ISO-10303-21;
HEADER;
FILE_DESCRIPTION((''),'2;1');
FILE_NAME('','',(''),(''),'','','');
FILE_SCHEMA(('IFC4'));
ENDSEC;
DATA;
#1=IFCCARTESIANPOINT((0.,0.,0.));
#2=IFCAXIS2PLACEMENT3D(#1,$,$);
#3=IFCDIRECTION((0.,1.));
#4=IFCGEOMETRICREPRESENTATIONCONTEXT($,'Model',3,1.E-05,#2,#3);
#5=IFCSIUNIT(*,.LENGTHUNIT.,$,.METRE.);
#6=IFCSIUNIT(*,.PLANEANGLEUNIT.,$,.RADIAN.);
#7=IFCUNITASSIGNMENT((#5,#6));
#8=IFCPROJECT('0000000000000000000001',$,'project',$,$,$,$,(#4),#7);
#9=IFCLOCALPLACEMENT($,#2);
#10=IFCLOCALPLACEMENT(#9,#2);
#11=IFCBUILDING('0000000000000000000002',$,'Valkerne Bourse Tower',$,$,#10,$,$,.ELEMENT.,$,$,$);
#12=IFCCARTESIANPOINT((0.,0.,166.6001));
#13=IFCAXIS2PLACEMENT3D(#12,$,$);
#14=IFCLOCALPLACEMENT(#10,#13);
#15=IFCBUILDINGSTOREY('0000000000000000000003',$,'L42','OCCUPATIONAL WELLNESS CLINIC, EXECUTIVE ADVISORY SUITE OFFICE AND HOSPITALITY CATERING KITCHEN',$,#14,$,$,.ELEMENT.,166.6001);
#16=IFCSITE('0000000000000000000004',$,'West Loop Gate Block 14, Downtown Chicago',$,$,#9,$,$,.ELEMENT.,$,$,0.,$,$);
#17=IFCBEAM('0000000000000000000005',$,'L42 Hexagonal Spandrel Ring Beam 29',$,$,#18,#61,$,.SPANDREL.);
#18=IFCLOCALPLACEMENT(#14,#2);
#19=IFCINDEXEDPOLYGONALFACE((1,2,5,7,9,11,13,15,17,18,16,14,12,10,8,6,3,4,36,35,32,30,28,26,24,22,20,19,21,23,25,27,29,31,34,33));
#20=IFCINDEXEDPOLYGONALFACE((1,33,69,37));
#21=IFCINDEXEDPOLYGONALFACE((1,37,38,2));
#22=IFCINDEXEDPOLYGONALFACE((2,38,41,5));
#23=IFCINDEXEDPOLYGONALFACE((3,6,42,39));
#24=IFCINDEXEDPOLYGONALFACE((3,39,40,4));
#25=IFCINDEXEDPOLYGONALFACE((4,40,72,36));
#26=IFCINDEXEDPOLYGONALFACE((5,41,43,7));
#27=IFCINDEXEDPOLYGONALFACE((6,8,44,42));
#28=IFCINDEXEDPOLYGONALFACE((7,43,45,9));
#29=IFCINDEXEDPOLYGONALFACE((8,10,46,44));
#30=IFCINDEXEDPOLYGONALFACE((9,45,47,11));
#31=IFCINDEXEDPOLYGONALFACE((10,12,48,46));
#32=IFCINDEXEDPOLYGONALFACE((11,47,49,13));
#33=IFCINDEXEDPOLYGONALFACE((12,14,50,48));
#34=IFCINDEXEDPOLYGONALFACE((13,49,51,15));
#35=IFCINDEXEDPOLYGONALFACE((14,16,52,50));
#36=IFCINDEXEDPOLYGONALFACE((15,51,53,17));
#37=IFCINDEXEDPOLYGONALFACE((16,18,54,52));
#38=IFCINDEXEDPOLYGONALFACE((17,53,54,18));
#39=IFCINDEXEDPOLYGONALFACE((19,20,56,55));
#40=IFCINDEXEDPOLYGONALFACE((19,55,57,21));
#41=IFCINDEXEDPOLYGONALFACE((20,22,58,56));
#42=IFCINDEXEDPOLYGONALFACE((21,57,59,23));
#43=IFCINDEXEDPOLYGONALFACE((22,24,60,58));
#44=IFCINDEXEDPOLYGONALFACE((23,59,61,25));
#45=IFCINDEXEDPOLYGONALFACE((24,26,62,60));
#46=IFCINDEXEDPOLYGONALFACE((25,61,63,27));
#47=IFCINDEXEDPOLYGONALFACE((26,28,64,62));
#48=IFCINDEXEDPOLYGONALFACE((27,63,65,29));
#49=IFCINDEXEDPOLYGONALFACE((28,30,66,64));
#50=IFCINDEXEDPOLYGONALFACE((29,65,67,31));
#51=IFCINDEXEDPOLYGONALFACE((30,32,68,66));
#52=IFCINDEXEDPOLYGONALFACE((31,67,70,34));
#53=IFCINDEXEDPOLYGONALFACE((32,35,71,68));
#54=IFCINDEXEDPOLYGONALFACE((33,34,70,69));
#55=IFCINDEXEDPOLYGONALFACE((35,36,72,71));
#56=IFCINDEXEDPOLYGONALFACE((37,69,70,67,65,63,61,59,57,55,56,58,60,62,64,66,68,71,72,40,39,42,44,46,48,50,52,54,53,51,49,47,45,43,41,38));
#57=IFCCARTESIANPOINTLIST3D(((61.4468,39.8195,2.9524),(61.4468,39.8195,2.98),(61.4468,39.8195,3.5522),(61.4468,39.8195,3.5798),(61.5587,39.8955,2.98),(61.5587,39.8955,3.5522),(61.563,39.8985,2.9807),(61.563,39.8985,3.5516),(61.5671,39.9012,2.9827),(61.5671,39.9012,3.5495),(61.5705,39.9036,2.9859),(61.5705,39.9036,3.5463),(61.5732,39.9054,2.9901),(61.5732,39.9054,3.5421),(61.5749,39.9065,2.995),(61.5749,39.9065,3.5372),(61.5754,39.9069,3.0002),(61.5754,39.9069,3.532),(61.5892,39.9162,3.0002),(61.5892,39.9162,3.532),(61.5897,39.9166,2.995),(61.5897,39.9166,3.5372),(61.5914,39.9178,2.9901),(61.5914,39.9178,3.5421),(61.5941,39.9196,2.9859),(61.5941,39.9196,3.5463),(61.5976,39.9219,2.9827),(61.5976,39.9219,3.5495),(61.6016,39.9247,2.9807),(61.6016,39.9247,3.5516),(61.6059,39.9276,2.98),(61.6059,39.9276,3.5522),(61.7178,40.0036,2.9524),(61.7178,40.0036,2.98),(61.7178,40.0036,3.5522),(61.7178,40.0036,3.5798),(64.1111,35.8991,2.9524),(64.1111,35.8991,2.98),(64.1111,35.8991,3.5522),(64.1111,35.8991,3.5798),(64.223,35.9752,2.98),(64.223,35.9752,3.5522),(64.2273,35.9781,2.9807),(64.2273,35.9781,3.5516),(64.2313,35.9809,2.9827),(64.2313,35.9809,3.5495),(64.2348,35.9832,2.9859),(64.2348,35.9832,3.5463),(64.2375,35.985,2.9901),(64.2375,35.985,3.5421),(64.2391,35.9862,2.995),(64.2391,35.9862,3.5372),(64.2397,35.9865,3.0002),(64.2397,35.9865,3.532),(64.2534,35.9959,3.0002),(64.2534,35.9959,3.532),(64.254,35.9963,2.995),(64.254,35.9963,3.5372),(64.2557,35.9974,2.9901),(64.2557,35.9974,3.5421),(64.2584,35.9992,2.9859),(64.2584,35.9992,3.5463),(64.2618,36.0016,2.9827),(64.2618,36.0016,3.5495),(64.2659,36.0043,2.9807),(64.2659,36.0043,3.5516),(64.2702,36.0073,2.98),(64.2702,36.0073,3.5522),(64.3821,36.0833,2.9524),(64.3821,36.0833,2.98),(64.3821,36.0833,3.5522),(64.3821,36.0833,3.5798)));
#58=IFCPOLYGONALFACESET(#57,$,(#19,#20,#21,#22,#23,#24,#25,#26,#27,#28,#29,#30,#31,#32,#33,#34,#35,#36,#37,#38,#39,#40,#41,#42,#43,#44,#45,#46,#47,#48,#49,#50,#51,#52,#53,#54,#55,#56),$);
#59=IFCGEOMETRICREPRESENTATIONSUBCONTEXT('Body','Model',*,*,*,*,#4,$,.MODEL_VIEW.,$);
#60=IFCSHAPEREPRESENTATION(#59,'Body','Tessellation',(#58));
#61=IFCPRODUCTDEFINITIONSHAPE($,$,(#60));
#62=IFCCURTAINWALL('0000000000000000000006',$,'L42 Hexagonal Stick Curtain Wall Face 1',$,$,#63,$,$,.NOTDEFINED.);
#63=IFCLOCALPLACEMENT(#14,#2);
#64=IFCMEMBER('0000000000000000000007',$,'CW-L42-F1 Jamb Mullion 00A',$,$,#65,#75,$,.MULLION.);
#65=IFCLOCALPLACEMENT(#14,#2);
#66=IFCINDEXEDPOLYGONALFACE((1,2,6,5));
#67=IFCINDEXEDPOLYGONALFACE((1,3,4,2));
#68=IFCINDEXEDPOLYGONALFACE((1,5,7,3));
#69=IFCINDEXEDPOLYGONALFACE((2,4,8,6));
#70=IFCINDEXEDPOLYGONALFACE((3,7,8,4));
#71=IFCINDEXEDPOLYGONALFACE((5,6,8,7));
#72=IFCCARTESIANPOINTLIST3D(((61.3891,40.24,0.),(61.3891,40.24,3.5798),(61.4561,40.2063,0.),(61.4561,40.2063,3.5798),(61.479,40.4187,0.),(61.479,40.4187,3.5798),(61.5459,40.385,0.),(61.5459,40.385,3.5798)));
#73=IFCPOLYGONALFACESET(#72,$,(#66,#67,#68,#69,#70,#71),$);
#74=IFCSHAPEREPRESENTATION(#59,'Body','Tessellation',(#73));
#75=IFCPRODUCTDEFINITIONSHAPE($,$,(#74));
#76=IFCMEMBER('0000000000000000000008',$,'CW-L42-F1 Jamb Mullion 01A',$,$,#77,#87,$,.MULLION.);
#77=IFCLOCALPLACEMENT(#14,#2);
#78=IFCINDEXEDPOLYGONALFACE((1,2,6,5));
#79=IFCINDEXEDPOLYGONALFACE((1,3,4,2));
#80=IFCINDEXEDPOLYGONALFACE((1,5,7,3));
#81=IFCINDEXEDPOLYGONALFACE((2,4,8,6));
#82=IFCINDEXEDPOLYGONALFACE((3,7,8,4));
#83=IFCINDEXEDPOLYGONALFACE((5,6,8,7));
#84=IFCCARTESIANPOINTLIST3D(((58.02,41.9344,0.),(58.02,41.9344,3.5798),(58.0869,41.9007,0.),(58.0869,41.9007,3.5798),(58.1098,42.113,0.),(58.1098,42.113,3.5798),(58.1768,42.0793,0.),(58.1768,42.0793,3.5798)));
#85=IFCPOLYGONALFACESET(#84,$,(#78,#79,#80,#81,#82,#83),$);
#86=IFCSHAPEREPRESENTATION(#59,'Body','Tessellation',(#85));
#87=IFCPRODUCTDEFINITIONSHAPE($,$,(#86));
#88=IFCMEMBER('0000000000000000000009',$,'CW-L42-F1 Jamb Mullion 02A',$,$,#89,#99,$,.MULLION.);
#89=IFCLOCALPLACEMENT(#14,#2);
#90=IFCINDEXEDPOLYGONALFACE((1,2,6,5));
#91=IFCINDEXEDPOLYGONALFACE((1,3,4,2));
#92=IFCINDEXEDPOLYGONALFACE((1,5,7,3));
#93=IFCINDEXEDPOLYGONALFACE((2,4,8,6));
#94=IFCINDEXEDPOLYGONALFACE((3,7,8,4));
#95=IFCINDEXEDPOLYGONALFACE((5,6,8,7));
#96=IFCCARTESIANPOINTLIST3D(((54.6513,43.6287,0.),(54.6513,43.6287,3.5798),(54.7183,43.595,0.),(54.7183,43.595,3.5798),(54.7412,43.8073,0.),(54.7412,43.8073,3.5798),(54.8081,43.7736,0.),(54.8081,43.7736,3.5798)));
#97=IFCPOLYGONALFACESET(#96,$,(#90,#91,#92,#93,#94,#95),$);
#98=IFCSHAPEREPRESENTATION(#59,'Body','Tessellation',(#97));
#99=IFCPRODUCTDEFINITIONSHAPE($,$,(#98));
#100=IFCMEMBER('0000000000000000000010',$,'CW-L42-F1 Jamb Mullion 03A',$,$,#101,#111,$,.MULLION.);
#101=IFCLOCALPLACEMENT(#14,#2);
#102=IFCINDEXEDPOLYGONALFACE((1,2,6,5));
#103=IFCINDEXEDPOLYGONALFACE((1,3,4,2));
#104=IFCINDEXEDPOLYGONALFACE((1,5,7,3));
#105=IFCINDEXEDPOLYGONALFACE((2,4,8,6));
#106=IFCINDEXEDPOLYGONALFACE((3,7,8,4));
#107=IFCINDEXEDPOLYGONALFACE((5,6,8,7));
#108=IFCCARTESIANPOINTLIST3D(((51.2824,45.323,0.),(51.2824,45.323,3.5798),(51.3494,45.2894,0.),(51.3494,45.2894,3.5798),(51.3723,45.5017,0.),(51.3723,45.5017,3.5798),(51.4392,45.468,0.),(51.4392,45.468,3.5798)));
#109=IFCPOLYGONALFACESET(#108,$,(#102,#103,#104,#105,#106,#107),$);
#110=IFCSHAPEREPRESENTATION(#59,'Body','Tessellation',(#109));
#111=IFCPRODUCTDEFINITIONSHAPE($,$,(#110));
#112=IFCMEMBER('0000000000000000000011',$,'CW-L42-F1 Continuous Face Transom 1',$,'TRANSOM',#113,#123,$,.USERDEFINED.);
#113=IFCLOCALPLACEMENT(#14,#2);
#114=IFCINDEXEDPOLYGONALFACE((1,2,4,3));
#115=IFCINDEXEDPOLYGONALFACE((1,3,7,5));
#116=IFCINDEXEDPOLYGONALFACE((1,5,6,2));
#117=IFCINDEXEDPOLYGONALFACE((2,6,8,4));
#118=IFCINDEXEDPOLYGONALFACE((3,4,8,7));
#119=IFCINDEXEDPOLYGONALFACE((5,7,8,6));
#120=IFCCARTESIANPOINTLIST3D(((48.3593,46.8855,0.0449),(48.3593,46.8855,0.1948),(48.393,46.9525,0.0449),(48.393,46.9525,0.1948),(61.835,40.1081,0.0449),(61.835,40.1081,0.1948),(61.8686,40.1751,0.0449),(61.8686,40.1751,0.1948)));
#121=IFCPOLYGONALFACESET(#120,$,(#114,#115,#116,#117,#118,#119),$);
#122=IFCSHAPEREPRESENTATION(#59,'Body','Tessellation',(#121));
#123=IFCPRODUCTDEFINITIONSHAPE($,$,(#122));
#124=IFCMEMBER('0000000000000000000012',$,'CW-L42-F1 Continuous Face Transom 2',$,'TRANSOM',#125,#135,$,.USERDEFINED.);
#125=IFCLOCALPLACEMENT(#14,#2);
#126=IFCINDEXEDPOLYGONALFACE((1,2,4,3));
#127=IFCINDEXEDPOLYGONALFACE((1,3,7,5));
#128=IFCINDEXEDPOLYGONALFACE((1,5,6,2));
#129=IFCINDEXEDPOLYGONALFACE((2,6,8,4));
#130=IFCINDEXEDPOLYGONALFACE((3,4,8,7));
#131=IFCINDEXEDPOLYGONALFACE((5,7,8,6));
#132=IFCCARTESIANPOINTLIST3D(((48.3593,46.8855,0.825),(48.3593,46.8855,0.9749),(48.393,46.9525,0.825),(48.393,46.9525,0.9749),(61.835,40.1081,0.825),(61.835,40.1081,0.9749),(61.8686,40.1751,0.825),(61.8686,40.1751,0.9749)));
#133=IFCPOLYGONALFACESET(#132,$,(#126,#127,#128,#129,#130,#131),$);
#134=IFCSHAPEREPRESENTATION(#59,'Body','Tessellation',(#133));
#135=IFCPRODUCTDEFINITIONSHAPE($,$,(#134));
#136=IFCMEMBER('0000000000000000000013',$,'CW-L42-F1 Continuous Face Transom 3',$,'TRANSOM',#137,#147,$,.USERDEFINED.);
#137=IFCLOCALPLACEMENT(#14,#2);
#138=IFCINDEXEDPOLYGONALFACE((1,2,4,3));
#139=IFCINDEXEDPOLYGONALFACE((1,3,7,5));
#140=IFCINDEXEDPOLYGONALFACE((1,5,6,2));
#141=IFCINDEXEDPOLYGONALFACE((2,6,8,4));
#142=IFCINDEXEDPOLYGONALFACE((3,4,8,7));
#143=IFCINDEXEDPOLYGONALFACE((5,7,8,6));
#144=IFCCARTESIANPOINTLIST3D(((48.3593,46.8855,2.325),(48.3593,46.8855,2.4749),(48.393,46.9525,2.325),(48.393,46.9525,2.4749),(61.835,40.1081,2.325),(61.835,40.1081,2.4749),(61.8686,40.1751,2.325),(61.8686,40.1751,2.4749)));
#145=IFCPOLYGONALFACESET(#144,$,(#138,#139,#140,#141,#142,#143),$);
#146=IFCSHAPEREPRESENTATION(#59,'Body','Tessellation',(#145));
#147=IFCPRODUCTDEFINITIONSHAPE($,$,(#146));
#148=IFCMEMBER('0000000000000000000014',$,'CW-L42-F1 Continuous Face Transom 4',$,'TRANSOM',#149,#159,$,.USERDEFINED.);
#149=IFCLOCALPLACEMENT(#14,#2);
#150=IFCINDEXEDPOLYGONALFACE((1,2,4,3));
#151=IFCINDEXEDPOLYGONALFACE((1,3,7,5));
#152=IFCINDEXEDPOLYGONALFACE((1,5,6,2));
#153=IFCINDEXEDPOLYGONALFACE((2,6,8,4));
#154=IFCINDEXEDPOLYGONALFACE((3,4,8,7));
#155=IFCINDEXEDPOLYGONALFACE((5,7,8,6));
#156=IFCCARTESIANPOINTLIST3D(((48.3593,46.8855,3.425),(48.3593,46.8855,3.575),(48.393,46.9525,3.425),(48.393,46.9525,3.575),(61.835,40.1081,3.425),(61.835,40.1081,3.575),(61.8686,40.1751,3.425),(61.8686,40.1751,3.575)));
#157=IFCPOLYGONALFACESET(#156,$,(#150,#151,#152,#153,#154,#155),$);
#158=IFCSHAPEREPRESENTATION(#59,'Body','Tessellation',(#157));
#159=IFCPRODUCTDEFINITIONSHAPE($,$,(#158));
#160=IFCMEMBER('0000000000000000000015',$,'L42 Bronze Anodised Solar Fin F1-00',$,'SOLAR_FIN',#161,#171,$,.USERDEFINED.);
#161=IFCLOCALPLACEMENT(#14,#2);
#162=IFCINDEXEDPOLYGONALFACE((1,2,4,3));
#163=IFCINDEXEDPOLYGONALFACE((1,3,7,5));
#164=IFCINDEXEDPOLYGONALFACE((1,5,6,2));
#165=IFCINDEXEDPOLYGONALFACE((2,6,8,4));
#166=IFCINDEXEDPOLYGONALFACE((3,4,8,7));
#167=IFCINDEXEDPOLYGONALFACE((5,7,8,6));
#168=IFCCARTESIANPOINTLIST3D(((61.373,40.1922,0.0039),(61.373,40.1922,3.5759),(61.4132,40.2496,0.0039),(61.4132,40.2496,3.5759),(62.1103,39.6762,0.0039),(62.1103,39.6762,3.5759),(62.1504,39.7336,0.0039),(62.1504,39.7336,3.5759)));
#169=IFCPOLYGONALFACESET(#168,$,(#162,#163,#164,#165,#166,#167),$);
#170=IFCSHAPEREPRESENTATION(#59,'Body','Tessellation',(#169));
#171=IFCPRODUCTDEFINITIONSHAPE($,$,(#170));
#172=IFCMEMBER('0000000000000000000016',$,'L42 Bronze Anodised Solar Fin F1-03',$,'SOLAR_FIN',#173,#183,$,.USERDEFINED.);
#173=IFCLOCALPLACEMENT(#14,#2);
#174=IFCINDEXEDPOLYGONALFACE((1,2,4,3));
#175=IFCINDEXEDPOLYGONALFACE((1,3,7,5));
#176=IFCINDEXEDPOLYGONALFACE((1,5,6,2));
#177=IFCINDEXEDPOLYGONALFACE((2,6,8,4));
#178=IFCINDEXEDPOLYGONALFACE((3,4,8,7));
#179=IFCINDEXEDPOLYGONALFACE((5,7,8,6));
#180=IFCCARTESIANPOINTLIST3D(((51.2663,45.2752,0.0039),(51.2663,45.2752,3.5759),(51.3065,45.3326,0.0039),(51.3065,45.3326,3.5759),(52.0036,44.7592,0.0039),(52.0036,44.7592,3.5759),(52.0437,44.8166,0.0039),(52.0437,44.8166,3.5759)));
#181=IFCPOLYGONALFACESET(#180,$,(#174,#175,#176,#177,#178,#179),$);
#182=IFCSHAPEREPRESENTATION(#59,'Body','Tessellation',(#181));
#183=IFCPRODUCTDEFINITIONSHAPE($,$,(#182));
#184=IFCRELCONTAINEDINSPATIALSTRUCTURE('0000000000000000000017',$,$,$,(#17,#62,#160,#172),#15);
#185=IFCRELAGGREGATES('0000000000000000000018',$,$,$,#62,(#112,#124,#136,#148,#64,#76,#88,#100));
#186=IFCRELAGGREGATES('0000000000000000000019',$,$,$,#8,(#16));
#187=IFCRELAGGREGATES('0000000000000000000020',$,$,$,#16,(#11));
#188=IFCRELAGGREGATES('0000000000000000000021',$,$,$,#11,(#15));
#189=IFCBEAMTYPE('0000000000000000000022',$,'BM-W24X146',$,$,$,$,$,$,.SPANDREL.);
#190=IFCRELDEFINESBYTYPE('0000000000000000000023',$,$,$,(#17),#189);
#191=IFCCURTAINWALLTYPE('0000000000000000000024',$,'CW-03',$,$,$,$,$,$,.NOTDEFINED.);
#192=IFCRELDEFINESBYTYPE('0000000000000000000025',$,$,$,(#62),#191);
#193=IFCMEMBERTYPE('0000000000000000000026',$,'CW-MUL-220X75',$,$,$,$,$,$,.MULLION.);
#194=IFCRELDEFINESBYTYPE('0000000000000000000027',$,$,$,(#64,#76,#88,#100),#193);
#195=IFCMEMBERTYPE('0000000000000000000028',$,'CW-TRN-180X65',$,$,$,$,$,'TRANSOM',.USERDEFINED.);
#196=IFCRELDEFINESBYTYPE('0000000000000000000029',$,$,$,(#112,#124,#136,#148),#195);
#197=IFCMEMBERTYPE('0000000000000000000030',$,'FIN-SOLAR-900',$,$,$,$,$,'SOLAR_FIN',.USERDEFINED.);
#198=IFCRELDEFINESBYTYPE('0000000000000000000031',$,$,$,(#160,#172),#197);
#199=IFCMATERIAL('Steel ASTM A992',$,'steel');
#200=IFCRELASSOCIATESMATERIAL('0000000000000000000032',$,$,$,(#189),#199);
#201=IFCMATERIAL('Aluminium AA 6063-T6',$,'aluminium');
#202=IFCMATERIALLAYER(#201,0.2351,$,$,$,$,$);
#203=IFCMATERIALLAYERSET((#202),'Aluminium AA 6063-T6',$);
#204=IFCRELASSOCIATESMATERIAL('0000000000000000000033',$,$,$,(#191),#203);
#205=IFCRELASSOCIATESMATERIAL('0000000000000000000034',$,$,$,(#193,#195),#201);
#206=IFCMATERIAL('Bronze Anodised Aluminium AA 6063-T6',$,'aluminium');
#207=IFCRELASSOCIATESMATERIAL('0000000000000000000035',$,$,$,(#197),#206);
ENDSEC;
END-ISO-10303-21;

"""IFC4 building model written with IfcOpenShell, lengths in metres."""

from ifc_helpers import new_model, si_unit, direction, frame, origin, origin_2d, place, context, subcontext, project, spatial, rectangle, i_section, extrude, material, layer, layer_set, material_profile, profile_set, type_object, element, aggregate, save


model = new_model("IFC4")

# Units and contexts
model_context = context("Model", 3, precision=1e-05, world=origin(), true_north=direction((0.0, 1.0)))
body_context = subcontext(model_context, "Body", "Model", "MODEL_VIEW")
ifc_project = project(units=[si_unit("LENGTHUNIT", "METRE"), si_unit("PLANEANGLEUNIT", "RADIAN")], contexts=[model_context])

# Site, building, storey
site_placement = place(None, origin())
site = spatial("IfcSite", under=ifc_project, at=site_placement, Name="West Loop Gate Block 14, Downtown Chicago", CompositionType="ELEMENT", RefElevation=0.0)
building_placement = place(site_placement, origin())
building = spatial("IfcBuilding", under=site, at=building_placement, Name="Valkerne Bourse Tower", CompositionType="ELEMENT")
storey_placement = place(building_placement, frame((0.0, 0.0, 166.6001)))
storey = spatial("IfcBuildingStorey", under=building, at=storey_placement, Name="L42", Description="OCCUPATIONAL WELLNESS CLINIC, EXECUTIVE ADVISORY SUITE OFFICE AND HOSPITALITY CATERING KITCHEN", CompositionType="ELEMENT", Elevation=166.6001)

# Beam
ifc_material_1 = material(Name="Steel ASTM A992", Category="steel")
ifc_material_profile_1 = material_profile(ifc_material_1, i_section(OverallWidth=0.3276, OverallDepth=0.6274, WebThickness=0.0166, FlangeThickness=0.0276, FilletRadius=0.0203, at=origin_2d()), Name="W24X146")
ifc_profile_set_1 = profile_set([ifc_material_profile_1], Name="Steel ASTM A992")
beam_type = type_object("IfcBeamType", Name="BM-W24X146", PredefinedType="SPANDREL", material=ifc_profile_set_1)
beam_placement = place(storey_placement, frame((64.2466, 35.9912, 3.2661), z_axis=(-0.562083, 0.827081, 0.0), x_axis=(-0.827081, -0.562083, 0.0)))
element("IfcBeam", 1, at=beam_placement, inside=storey, type_object=beam_type, Name="L42 Hexagonal Spandrel Ring Beam 29", PredefinedType="SPANDREL", context=body_context, shape_type="SweptSolid", body=[
    extrude(i_section(OverallWidth=0.3276, OverallDepth=0.6274, WebThickness=0.0166, FlangeThickness=0.0276, FilletRadius=0.0203, at=origin_2d()), origin(), (0.0, 0.0, 1.0), 4.74),
])

# Curtain wall, members
ifc_material_2 = material(Name="Aluminium AA 6063-T6", Category="aluminium")
ifc_layer_1 = layer(ifc_material_2, 0.2351)
ifc_layer_set_1 = layer_set([ifc_layer_1], Name="Aluminium AA 6063-T6")
curtain_wall_type = type_object("IfcCurtainWallType", Name="CW-03", PredefinedType="NOTDEFINED", material=ifc_layer_set_1)
curtain_wall_placement = place(storey_placement, origin())
curtain_wall = element("IfcCurtainWall", 2, at=curtain_wall_placement, inside=storey, type_object=curtain_wall_type, Name="L42 Hexagonal Stick Curtain Wall Face 1", PredefinedType="NOTDEFINED")
ifc_material_profile_2 = material_profile(ifc_material_2, rectangle(XDim=0.075, YDim=0.2, at=origin_2d()), Name="CWM-75X200")
ifc_profile_set_2 = profile_set([ifc_material_profile_2], Name="Aluminium AA 6063-T6")
member_type_1 = type_object("IfcMemberType", Name="CW-MUL-220X75", PredefinedType="MULLION", material=ifc_profile_set_2)
member_1_placement = place(storey_placement, frame((61.4675, 40.3125, 0.0), z_axis=(0.0, 0.0, 1.0), x_axis=(-0.893369, 0.449323, 0.0)))
member_1 = element("IfcMember", 3, at=member_1_placement, type_object=member_type_1, Name="CW-L42-F1 Jamb Mullion 00A", PredefinedType="MULLION", context=body_context, shape_type="SweptSolid", body=[
    extrude(rectangle(XDim=0.075, YDim=0.2, at=origin_2d()), origin(), (0.0, 0.0, 1.0), 3.5798),
])
member_2_placement = place(storey_placement, frame((58.0984, 42.0068, 0.0), z_axis=(0.0, 0.0, 1.0), x_axis=(-0.89338, 0.449302, 0.0)))
member_2 = element("IfcMember", 4, at=member_2_placement, type_object=member_type_1, Name="CW-L42-F1 Jamb Mullion 01A", PredefinedType="MULLION", context=body_context, shape_type="SweptSolid", body=[
    extrude(rectangle(XDim=0.075, YDim=0.2, at=origin_2d()), origin(), (0.0, 0.0, 1.0), 3.5798),
])
member_3_placement = place(storey_placement, frame((54.7297, 43.7012, 0.0), z_axis=(0.0, 0.0, 1.0), x_axis=(-0.893369, 0.449323, 0.0)))
member_3 = element("IfcMember", 5, at=member_3_placement, type_object=member_type_1, Name="CW-L42-F1 Jamb Mullion 02A", PredefinedType="MULLION", context=body_context, shape_type="SweptSolid", body=[
    extrude(rectangle(XDim=0.075, YDim=0.2, at=origin_2d()), origin(), (0.0, 0.0, 1.0), 3.5798),
])
member_4_placement = place(storey_placement, frame((51.3608, 45.3955, 0.0), z_axis=(0.0, 0.0, 1.0), x_axis=(-0.893369, 0.449323, 0.0)))
member_4 = element("IfcMember", 6, at=member_4_placement, type_object=member_type_1, Name="CW-L42-F1 Jamb Mullion 03A", PredefinedType="MULLION", context=body_context, shape_type="SweptSolid", body=[
    extrude(rectangle(XDim=0.075, YDim=0.2, at=origin_2d()), origin(), (0.0, 0.0, 1.0), 3.5798),
])
ifc_material_profile_3 = material_profile(ifc_material_2, rectangle(XDim=0.075, YDim=0.1499, at=origin_2d()), Name="CWT-75X150")
ifc_profile_set_3 = profile_set([ifc_material_profile_3], Name="Aluminium AA 6063-T6")
member_type_2 = type_object("IfcMemberType", Name="CW-TRN-180X65", ElementType="TRANSOM", PredefinedType="USERDEFINED", material=ifc_profile_set_3)
member_5_placement = place(storey_placement, frame((61.8518, 40.1416, 0.1199), z_axis=(-0.893376, 0.44931, 0.0), x_axis=(-0.44931, -0.893376, 0.0)))
member_5 = element("IfcMember", 7, at=member_5_placement, type_object=member_type_2, Name="CW-L42-F1 Continuous Face Transom 1", ObjectType="TRANSOM", PredefinedType="USERDEFINED", context=body_context, shape_type="SweptSolid", body=[
    extrude(rectangle(XDim=0.075, YDim=0.1499, at=origin_2d()), origin(), (0.0, 0.0, 1.0), 15.084),
])
member_6_placement = place(storey_placement, frame((61.8518, 40.1416, 0.8999), z_axis=(-0.893376, 0.44931, 0.0), x_axis=(-0.44931, -0.893376, 0.0)))
member_6 = element("IfcMember", 8, at=member_6_placement, type_object=member_type_2, Name="CW-L42-F1 Continuous Face Transom 2", ObjectType="TRANSOM", PredefinedType="USERDEFINED", context=body_context, shape_type="SweptSolid", body=[
    extrude(rectangle(XDim=0.075, YDim=0.1499, at=origin_2d()), origin(), (0.0, 0.0, 1.0), 15.084),
])
member_7_placement = place(storey_placement, frame((61.8518, 40.1416, 2.3999), z_axis=(-0.893376, 0.44931, 0.0), x_axis=(-0.44931, -0.893376, 0.0)))
member_7 = element("IfcMember", 9, at=member_7_placement, type_object=member_type_2, Name="CW-L42-F1 Continuous Face Transom 3", ObjectType="TRANSOM", PredefinedType="USERDEFINED", context=body_context, shape_type="SweptSolid", body=[
    extrude(rectangle(XDim=0.075, YDim=0.1499, at=origin_2d()), origin(), (0.0, 0.0, 1.0), 15.084),
])
member_8_placement = place(storey_placement, frame((61.8518, 40.1416, 3.5), z_axis=(-0.893376, 0.44931, 0.0), x_axis=(-0.44931, -0.893376, 0.0)))
member_8 = element("IfcMember", 10, at=member_8_placement, type_object=member_type_2, Name="CW-L42-F1 Continuous Face Transom 4", ObjectType="TRANSOM", PredefinedType="USERDEFINED", context=body_context, shape_type="SweptSolid", body=[
    extrude(rectangle(XDim=0.075, YDim=0.1499, at=origin_2d()), origin(), (0.0, 0.0, 1.0), 15.084),
])

# Members
ifc_material_3 = material(Name="Bronze Anodised Aluminium AA 6063-T6", Category="aluminium")
ifc_material_profile_4 = material_profile(ifc_material_3, rectangle(XDim=0.0701, YDim=0.8999, at=origin_2d()), Name="FIN-70X900")
ifc_profile_set_4 = profile_set([ifc_material_profile_4], Name="Bronze Anodised Aluminium AA 6063-T6")
member_type_3 = type_object("IfcMemberType", Name="FIN-SOLAR-900", ElementType="SOLAR_FIN", PredefinedType="USERDEFINED", material=ifc_profile_set_4)
for number, where, z_axis, x_axis, name in (
    (11, (61.7617, 39.9629, 0.0039), (0.0, 0.0, 1.0), (0.573411, 0.819268, 0.0), "L42 Bronze Anodised Solar Fin F1-00"),
    (12, (51.655, 45.0459, 0.0039), (0.0, 0.0, 1.0), (0.573411, 0.819268, 0.0), "L42 Bronze Anodised Solar Fin F1-03"),
):
    element("IfcMember", number, at=place(storey_placement, frame(where, z_axis=z_axis, x_axis=x_axis)), inside=storey, type_object=member_type_3, Name=name, ObjectType="SOLAR_FIN", PredefinedType="USERDEFINED", context=body_context, shape_type="SweptSolid", body=[
        extrude(rectangle(XDim=0.0701, YDim=0.8999, at=origin_2d()), origin(), (0.0, 0.0, 1.0), 3.572),
    ])

aggregate(curtain_wall, [member_5, member_6, member_7, member_8, member_1, member_2, member_3, member_4])

save(model, "model.ifc")
